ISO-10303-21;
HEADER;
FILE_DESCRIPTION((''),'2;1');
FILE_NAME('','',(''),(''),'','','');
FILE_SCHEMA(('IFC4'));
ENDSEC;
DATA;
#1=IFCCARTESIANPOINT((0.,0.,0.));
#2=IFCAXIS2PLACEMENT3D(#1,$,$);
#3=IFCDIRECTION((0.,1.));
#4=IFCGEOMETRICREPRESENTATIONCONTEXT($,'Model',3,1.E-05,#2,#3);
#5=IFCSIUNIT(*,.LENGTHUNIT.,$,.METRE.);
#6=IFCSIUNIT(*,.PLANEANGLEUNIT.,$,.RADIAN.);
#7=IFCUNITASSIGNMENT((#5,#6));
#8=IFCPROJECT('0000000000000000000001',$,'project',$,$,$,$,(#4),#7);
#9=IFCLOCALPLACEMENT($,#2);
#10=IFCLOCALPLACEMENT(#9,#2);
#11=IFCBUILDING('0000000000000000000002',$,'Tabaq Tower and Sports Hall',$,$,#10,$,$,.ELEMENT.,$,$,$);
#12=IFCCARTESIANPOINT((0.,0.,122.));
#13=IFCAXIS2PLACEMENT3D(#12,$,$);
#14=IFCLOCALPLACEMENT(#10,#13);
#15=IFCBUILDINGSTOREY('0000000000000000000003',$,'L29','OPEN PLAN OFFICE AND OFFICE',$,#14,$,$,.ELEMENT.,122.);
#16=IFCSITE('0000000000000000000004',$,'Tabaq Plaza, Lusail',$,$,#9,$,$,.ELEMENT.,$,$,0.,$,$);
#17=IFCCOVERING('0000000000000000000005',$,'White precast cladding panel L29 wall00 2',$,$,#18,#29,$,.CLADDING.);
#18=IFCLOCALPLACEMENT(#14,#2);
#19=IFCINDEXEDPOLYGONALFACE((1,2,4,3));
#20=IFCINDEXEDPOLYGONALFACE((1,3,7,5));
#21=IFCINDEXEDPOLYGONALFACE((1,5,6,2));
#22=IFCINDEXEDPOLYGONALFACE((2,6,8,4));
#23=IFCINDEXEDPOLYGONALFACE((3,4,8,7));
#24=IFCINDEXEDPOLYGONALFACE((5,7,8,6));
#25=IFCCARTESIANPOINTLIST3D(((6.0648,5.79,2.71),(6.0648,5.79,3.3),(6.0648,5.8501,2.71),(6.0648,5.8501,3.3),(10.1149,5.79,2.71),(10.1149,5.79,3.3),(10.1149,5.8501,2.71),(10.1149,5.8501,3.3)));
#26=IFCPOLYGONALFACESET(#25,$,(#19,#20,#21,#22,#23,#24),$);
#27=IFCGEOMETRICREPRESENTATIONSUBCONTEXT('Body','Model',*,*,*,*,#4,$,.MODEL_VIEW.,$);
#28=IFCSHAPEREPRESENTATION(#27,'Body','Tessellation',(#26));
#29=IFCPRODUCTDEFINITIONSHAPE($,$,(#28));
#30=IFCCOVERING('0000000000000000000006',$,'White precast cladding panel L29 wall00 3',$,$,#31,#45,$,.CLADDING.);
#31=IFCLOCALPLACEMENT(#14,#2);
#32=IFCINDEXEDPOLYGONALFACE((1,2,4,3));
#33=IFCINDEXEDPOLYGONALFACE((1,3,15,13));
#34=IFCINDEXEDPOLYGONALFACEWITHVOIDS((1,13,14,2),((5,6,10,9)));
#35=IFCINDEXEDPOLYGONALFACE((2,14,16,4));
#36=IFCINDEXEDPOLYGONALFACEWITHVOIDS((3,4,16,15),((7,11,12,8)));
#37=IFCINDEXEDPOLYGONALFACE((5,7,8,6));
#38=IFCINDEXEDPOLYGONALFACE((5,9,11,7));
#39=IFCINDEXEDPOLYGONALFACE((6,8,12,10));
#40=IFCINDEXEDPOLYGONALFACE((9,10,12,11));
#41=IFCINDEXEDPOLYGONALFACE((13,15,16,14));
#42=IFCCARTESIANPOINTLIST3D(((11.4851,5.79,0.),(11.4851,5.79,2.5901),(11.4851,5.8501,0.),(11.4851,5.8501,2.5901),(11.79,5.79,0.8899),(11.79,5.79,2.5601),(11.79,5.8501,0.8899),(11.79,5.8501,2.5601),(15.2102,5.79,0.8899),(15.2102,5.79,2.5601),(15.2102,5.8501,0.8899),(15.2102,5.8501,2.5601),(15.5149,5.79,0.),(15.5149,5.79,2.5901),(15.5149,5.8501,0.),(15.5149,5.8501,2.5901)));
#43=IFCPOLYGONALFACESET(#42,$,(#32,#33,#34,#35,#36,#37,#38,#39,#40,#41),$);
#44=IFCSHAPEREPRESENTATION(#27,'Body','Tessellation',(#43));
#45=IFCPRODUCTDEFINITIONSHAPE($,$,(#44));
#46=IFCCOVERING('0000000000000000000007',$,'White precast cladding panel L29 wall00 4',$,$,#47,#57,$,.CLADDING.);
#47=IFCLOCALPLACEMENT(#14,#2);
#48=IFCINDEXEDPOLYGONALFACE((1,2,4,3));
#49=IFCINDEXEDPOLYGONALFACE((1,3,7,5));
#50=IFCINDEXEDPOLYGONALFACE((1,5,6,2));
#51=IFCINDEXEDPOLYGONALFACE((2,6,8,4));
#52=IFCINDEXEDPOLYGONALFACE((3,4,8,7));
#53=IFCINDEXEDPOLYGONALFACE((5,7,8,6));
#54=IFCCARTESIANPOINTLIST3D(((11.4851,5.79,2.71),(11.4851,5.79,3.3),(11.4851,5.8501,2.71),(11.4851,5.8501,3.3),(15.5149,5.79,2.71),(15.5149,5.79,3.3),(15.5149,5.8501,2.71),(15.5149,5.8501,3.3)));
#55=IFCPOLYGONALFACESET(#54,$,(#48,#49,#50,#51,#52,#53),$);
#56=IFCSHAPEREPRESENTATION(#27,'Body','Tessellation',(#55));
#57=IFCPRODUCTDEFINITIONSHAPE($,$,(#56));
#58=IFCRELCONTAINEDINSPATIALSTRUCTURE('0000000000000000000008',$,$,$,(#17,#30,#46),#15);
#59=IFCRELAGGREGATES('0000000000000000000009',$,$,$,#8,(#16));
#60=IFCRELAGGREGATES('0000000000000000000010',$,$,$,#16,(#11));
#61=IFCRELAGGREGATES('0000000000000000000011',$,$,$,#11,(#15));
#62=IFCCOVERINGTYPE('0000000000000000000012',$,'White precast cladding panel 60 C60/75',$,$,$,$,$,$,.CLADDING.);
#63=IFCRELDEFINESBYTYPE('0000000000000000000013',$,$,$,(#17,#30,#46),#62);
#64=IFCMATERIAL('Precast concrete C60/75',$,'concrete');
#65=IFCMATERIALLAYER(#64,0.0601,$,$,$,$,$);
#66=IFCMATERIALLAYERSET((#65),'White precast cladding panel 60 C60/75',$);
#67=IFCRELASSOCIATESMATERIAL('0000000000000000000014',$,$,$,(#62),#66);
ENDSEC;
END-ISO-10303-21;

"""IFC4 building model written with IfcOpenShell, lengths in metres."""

from ifc_helpers import new_model, si_unit, direction, frame, frame_2d, origin, place, context, subcontext, project, spatial, polyline, rectangle, outline, extrude, material, layer, layer_set, type_object, element, save


model = new_model("IFC4")

# Units and contexts
model_context = context("Model", 3, precision=1e-05, world=origin(), true_north=direction((0.0, 1.0)))
body_context = subcontext(model_context, "Body", "Model", "MODEL_VIEW")
ifc_project = project(units=[si_unit("LENGTHUNIT", "METRE"), si_unit("PLANEANGLEUNIT", "RADIAN")], contexts=[model_context])

# Site, building, storey
site_placement = place(None, origin())
site = spatial("IfcSite", under=ifc_project, at=site_placement, Name="Tabaq Plaza, Lusail", CompositionType="ELEMENT", RefElevation=0.0)
building_placement = place(site_placement, origin())
building = spatial("IfcBuilding", under=site, at=building_placement, Name="Tabaq Tower and Sports Hall", CompositionType="ELEMENT")
storey_placement = place(building_placement, frame((0.0, 0.0, 122.0)))
storey = spatial("IfcBuildingStorey", under=building, at=storey_placement, Name="L29", Description="OPEN PLAN OFFICE AND OFFICE", CompositionType="ELEMENT", Elevation=122.0)

# Coverings
ifc_material_1 = material(Name="Precast concrete C60/75", Category="concrete")
ifc_layer_1 = layer(ifc_material_1, 0.0601)
ifc_layer_set_1 = layer_set([ifc_layer_1], Name="White precast cladding panel 60 C60/75")
covering_type_1 = type_object("IfcCoveringType", Name="White precast cladding panel 60 C60/75", PredefinedType="CLADDING", material=ifc_layer_set_1)
covering_1_placement = place(storey_placement, frame((6.0649, 5.8201, 2.71), z_axis=(0.0, 0.0, 1.0), x_axis=(1.0, 0.0, 0.0)))
element("IfcCovering", 1, at=covering_1_placement, inside=storey, type_object=covering_type_1, Name="White precast cladding panel L29 wall00 2", PredefinedType="CLADDING", context=body_context, shape_type="SweptSolid", body=[
    extrude(rectangle(XDim=4.05, YDim=0.0601, at=frame_2d((2.0249, 0.0))), origin(), (0.0, 0.0, 1.0), 0.5901),
])
covering_2_placement = place(storey_placement, frame((11.4851, 5.8201, 0.0), z_axis=(0.0, 0.0, 1.0), x_axis=(1.0, 0.0, 0.0)))
element("IfcCovering", 2, at=covering_2_placement, inside=storey, type_object=covering_type_1, Name="White precast cladding panel L29 wall00 3", PredefinedType="CLADDING", context=body_context, shape_type="SweptSolid", body=[
    extrude(outline(polyline([(0.0, 0.0), (4.0298, 0.0), (4.0298, 2.5901), (0.0, 2.5901), (0.0, 0.0)]), holes=[polyline([(3.7251, 0.8899), (0.3049, 0.8899), (0.3049, 2.5601), (3.7251, 2.5601), (3.7251, 0.8899)])]), frame((0.0, 0.03, 0.0), z_axis=(0.0, -1.0, 0.0), x_axis=(1.0, 0.0, 0.0)), (0.0, 0.0, 1.0), 0.0601),
])
covering_3_placement = place(storey_placement, frame((11.4851, 5.8201, 2.71), z_axis=(0.0, 0.0, 1.0), x_axis=(1.0, 0.0, 0.0)))
element("IfcCovering", 3, at=covering_3_placement, inside=storey, type_object=covering_type_1, Name="White precast cladding panel L29 wall00 4", PredefinedType="CLADDING", context=body_context, shape_type="SweptSolid", body=[
    extrude(rectangle(XDim=4.0298, YDim=0.0601, at=frame_2d((2.0149, 0.0))), origin(), (0.0, 0.0, 1.0), 0.5901),
])

save(model, "model.ifc")
